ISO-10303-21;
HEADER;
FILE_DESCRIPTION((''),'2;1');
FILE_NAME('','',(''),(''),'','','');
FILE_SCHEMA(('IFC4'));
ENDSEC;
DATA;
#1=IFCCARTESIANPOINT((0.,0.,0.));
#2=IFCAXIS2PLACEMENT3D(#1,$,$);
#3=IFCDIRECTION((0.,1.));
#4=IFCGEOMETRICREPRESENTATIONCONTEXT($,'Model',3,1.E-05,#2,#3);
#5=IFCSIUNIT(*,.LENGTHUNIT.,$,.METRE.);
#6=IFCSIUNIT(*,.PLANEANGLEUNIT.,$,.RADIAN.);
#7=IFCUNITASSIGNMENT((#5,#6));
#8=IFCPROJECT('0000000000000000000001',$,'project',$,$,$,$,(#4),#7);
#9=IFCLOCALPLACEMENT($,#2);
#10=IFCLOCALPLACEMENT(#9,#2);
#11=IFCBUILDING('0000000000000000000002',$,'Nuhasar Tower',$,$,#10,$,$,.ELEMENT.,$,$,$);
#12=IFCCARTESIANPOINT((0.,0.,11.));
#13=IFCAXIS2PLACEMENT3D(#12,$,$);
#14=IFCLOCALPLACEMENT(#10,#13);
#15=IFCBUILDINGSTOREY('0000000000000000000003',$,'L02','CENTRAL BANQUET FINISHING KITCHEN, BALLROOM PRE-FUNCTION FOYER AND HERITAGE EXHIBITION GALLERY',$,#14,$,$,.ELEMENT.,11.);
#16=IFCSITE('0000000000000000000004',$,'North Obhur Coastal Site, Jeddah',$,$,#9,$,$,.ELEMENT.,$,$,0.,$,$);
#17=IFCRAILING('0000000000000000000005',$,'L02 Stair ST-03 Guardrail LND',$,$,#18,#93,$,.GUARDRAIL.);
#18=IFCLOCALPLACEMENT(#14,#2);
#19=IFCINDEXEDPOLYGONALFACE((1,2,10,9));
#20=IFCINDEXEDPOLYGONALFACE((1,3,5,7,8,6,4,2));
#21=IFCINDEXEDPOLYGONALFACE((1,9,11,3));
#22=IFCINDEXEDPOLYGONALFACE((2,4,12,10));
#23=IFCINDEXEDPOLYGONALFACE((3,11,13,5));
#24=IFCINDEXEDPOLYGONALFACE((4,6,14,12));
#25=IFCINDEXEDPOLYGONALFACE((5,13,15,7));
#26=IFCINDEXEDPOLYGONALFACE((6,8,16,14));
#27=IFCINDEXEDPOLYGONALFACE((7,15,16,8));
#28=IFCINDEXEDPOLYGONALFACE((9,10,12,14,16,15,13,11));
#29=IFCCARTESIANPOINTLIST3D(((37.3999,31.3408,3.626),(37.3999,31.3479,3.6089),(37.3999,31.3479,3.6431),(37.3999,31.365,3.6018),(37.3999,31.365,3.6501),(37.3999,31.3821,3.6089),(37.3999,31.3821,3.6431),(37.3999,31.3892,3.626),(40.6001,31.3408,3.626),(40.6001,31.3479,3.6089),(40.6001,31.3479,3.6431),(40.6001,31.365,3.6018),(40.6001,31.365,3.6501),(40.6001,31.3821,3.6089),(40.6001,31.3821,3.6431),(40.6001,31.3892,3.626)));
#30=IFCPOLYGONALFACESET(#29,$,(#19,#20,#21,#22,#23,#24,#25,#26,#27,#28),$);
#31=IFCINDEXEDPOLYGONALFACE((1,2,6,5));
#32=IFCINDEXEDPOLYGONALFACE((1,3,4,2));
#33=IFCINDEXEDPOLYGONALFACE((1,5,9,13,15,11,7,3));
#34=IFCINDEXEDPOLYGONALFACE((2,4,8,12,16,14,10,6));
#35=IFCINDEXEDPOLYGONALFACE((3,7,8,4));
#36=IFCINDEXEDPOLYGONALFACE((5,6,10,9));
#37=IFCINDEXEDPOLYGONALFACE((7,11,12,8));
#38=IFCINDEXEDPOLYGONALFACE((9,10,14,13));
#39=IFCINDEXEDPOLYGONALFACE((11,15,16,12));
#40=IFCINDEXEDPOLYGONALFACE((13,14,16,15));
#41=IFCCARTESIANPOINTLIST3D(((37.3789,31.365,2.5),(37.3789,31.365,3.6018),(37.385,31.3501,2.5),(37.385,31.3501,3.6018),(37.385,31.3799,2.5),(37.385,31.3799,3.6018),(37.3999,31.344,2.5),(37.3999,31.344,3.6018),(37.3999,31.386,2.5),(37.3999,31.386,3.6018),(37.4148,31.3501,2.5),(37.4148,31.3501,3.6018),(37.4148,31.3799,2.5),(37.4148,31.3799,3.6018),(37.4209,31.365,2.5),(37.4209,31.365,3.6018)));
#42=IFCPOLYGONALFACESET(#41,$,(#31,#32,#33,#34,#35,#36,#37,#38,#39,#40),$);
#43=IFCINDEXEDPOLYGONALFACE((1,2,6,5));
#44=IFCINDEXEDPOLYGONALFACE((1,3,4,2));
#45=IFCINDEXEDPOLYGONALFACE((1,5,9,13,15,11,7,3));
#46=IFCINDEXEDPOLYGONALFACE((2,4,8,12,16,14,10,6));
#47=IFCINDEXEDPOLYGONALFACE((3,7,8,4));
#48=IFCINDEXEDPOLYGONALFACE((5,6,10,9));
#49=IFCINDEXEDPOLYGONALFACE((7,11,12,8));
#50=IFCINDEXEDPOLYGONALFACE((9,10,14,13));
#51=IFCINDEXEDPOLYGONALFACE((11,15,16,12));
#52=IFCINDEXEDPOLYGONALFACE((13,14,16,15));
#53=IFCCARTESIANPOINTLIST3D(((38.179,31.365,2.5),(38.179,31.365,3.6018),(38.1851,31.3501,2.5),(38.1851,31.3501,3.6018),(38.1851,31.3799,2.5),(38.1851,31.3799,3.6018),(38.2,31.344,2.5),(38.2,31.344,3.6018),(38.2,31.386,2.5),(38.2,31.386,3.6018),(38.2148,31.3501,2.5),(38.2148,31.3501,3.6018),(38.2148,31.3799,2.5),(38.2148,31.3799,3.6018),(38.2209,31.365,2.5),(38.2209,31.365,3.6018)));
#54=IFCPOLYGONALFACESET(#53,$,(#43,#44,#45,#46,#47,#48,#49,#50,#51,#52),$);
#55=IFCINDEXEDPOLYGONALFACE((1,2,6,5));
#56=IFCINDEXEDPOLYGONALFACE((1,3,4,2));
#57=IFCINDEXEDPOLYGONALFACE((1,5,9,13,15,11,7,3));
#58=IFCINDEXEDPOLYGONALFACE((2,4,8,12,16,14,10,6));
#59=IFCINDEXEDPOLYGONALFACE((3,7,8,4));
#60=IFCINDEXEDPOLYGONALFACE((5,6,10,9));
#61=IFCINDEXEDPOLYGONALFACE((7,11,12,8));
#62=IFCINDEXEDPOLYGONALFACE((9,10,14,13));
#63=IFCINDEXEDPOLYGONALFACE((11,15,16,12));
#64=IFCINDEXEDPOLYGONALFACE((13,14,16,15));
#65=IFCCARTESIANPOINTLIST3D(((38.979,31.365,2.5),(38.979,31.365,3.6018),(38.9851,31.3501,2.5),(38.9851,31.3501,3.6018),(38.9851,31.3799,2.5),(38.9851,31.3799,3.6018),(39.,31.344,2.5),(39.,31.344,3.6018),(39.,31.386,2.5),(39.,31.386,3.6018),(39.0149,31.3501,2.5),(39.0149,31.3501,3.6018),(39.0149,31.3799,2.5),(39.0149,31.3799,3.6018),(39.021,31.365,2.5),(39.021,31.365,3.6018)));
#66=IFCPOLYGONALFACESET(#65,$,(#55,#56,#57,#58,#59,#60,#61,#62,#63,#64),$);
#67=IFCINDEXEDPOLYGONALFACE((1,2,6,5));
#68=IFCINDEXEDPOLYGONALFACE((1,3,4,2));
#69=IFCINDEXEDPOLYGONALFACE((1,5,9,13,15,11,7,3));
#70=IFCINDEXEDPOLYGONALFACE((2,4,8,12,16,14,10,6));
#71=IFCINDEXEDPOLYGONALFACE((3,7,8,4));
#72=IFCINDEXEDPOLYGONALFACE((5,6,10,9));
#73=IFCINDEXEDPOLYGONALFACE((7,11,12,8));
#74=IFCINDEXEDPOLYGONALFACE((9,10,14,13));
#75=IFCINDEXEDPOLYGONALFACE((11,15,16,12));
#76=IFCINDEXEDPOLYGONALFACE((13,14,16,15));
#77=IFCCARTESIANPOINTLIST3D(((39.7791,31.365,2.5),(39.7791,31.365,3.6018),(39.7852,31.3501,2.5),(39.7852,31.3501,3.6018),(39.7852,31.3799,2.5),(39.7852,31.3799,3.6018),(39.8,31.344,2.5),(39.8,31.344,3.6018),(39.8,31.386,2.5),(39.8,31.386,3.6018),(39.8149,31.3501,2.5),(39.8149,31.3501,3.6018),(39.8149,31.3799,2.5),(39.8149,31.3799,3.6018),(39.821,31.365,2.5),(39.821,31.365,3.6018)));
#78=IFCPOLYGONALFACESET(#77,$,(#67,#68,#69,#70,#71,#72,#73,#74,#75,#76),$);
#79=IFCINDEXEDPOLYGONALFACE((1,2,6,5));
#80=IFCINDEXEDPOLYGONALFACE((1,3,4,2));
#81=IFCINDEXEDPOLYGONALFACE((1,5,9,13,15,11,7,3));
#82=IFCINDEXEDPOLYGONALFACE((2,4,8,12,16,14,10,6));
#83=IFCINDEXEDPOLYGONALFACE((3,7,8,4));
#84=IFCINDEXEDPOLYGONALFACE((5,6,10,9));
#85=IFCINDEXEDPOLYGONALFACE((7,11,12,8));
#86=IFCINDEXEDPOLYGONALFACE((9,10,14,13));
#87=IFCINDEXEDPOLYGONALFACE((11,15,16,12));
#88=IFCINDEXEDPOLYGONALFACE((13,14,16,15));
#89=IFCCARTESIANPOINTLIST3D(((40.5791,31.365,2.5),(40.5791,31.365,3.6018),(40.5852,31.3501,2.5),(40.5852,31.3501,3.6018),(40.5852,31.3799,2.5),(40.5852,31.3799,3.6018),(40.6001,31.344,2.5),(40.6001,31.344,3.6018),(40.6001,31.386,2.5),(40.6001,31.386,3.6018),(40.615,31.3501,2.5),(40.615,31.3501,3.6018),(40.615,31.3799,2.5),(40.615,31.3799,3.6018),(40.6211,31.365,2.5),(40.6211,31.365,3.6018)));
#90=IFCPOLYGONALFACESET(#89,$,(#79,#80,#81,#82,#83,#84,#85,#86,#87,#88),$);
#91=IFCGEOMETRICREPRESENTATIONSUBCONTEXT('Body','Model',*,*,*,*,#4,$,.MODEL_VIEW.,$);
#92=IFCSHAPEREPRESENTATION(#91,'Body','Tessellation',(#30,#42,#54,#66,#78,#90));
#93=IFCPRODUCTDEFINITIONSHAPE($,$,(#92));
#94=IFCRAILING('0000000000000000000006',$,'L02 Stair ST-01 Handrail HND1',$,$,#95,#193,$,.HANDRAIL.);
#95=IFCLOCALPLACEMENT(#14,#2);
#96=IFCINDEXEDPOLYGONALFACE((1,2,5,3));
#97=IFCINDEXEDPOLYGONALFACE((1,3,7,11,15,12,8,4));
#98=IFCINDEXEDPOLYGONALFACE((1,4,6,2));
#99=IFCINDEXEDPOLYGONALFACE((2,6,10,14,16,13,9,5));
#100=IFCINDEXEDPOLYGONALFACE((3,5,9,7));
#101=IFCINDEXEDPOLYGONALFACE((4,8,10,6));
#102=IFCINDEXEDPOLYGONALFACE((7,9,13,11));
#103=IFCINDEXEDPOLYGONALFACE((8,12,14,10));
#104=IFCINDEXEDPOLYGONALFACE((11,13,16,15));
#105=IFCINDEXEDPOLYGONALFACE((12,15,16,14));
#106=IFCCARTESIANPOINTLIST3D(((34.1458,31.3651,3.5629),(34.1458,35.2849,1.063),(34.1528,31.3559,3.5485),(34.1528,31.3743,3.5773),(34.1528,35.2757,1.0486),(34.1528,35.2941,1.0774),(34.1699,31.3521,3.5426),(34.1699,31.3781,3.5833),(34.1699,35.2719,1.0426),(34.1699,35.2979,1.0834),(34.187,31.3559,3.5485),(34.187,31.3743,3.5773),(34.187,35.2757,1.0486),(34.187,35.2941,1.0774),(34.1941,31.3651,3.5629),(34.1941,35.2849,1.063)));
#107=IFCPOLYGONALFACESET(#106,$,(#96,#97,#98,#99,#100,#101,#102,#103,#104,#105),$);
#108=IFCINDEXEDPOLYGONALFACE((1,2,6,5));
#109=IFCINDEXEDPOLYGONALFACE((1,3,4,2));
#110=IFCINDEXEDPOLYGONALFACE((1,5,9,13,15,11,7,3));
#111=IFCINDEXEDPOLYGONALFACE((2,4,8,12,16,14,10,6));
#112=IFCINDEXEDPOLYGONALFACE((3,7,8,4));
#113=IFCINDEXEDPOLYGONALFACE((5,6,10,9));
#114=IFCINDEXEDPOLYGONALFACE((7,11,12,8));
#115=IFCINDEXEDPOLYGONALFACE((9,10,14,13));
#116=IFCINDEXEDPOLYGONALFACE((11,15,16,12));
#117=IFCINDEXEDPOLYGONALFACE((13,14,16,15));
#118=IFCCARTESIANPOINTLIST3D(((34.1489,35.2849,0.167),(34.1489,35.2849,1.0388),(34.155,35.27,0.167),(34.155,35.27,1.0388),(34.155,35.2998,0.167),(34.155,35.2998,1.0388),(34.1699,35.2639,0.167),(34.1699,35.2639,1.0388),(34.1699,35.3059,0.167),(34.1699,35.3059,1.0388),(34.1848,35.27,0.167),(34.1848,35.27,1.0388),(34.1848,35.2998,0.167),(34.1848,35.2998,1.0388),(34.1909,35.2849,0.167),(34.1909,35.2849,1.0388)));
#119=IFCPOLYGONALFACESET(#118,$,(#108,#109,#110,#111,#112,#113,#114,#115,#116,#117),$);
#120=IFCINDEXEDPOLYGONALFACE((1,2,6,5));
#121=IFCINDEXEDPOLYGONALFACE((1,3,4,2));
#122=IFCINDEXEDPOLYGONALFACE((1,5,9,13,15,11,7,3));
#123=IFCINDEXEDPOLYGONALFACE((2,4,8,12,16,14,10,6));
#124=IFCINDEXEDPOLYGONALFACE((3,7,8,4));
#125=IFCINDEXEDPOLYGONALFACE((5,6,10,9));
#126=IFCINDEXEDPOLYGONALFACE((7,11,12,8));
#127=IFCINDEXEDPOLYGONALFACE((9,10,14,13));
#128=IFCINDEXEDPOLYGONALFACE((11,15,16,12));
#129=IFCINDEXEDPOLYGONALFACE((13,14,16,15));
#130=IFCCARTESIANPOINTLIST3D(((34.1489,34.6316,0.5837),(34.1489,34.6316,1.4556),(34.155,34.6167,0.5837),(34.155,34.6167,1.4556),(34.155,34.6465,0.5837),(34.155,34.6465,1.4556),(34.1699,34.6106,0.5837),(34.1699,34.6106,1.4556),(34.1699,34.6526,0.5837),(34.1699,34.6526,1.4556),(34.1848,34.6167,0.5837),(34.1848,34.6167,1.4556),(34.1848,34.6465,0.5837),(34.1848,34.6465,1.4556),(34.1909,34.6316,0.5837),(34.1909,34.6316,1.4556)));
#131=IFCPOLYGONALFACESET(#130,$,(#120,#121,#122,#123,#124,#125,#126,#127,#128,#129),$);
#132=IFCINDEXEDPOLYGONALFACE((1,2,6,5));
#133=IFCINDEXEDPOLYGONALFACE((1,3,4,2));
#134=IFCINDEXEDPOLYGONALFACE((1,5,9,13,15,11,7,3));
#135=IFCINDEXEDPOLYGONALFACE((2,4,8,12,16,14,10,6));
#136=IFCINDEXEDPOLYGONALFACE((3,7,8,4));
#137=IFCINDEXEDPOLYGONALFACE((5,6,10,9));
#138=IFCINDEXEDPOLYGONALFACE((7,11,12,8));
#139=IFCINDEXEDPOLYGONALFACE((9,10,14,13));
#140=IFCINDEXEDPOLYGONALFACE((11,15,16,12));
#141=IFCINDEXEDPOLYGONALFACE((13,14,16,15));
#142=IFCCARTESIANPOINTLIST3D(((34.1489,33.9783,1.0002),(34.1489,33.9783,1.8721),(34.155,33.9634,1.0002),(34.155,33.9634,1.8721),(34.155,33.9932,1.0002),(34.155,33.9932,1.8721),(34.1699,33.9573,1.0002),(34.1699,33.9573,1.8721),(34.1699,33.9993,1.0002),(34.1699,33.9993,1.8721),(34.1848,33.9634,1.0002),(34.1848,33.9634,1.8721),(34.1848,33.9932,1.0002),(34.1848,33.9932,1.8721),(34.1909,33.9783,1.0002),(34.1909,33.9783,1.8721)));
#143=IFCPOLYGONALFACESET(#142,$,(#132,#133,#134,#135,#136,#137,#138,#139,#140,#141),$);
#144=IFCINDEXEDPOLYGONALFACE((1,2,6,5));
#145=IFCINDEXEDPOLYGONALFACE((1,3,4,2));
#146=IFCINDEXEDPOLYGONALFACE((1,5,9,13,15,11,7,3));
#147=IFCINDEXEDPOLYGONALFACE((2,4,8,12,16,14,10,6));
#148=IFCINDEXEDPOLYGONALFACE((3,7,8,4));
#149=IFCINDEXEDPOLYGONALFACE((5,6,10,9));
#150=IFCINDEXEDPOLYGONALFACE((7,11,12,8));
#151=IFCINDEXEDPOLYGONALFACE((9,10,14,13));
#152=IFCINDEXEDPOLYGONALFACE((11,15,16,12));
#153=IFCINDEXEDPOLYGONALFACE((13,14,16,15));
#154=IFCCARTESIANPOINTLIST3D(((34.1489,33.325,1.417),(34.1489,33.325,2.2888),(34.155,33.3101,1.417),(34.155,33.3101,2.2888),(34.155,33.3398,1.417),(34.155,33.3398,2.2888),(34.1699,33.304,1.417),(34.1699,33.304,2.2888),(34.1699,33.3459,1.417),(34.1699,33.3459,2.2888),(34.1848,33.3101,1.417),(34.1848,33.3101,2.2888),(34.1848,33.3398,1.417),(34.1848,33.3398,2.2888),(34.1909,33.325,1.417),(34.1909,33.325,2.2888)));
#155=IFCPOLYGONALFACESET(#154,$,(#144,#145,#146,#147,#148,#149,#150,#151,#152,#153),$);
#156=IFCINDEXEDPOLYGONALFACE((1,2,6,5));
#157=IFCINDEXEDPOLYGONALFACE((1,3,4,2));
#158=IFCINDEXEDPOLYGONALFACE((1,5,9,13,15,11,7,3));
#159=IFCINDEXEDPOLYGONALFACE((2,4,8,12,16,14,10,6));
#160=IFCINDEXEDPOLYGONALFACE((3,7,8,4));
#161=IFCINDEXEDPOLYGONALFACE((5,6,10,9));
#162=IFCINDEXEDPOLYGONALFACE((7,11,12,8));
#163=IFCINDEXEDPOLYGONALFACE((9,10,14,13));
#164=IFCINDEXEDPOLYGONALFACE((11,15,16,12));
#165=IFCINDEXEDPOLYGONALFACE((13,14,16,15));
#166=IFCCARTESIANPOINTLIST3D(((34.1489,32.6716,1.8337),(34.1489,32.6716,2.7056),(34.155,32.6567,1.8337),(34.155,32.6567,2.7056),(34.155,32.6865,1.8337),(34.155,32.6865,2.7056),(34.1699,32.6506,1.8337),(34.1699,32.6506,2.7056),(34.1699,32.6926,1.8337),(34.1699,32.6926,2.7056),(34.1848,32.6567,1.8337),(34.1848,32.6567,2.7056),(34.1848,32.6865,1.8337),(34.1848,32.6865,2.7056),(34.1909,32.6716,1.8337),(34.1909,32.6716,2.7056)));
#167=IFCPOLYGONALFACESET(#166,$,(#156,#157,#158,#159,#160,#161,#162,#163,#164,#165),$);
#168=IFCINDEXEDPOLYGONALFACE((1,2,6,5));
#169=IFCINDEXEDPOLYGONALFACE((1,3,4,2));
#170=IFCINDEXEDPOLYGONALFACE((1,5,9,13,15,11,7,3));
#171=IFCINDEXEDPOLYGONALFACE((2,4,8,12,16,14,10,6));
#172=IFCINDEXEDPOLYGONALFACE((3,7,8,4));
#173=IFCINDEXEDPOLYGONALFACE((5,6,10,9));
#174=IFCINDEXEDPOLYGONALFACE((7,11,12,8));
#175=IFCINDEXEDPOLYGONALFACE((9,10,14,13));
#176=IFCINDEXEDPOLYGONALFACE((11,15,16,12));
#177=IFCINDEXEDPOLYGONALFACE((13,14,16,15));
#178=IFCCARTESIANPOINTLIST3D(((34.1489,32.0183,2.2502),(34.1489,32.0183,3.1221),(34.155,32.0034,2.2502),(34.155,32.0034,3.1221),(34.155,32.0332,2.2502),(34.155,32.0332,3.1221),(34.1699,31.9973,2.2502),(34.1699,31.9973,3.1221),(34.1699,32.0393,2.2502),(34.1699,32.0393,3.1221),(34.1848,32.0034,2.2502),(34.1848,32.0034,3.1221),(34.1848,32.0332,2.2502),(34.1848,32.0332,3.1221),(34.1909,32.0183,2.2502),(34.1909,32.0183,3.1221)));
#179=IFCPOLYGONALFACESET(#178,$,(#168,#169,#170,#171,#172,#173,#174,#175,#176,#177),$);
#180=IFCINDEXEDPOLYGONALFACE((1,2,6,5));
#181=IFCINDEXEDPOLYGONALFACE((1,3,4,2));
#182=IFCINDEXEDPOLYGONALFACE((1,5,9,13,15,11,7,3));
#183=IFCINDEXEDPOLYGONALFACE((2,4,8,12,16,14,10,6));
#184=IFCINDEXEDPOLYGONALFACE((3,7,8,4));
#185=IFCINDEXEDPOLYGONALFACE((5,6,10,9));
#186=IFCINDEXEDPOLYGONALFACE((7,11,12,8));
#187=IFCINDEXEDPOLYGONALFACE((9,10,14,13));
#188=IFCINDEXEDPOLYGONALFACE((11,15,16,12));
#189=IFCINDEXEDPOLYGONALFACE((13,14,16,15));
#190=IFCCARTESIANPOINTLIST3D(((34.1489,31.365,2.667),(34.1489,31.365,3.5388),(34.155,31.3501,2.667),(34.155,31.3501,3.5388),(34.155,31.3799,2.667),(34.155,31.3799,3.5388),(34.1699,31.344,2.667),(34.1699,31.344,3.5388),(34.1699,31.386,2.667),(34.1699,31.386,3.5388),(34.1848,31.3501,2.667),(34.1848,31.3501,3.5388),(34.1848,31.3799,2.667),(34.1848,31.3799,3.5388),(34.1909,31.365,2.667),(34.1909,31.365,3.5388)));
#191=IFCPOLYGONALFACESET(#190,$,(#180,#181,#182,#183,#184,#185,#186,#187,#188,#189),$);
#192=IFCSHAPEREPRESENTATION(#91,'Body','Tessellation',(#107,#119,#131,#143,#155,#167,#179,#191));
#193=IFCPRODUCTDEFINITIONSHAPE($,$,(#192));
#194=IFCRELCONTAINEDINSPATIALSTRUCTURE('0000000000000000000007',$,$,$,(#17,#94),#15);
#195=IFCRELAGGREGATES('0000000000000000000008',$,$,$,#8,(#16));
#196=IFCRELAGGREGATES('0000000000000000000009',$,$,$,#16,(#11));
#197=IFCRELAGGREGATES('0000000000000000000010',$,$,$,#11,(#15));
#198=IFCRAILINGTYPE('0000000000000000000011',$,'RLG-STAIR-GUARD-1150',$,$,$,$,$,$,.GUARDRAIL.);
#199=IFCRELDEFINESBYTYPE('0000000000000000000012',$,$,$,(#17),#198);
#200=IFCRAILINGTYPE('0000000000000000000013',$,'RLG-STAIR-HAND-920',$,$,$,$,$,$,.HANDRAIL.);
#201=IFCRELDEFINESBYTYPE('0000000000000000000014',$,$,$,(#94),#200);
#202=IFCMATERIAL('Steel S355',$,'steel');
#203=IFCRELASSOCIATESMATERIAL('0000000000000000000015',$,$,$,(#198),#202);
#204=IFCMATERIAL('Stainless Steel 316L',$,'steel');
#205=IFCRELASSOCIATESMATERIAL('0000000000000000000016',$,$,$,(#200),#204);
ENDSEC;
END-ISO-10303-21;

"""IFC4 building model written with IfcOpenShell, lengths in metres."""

from ifc_helpers import new_model, si_unit, direction, frame, origin, place, context, subcontext, project, spatial, polyline, outline, extrude, material, type_object, element, save


model = new_model("IFC4")

# Units and contexts
model_context = context("Model", 3, precision=1e-05, world=origin(), true_north=direction((0.0, 1.0)))
body_context = subcontext(model_context, "Body", "Model", "MODEL_VIEW")
ifc_project = project(units=[si_unit("LENGTHUNIT", "METRE"), si_unit("PLANEANGLEUNIT", "RADIAN")], contexts=[model_context])

# Site, building, storey
site_placement = place(None, origin())
site = spatial("IfcSite", under=ifc_project, at=site_placement, Name="North Obhur Coastal Site, Jeddah", CompositionType="ELEMENT", RefElevation=0.0)
building_placement = place(site_placement, origin())
building = spatial("IfcBuilding", under=site, at=building_placement, Name="Nuhasar Tower", CompositionType="ELEMENT")
storey_placement = place(building_placement, frame((0.0, 0.0, 11.0)))
storey = spatial("IfcBuildingStorey", under=building, at=storey_placement, Name="L02", Description="CENTRAL BANQUET FINISHING KITCHEN, BALLROOM PRE-FUNCTION FOYER AND HERITAGE EXHIBITION GALLERY", CompositionType="ELEMENT", Elevation=11.0)

# Shared definitions
ifc_material_1 = material(Name="Steel S355", Category="steel")

# Railings
railing_type_1 = type_object("IfcRailingType", Name="RLG-STAIR-GUARD-1150", PredefinedType="GUARDRAIL", material=ifc_material_1)
railing_1_placement = place(storey_placement, frame((37.3999, 31.365, 2.5)))
element("IfcRailing", 1, at=railing_1_placement, inside=storey, type_object=railing_type_1, Name="L02 Stair ST-03 Guardrail LND", PredefinedType="GUARDRAIL", context=body_context, shape_type="SweptSolid", body=[
    extrude(outline(polyline([(0.0242, 0.0), (0.0171, 0.0171), (0.0, 0.0242), (-0.0171, 0.0171), (-0.0242, 0.0), (-0.0171, -0.0171), (0.0, -0.0242), (0.0171, -0.0171), (0.0242, 0.0)])), frame((0.0, 0.0, 1.126), z_axis=(1.0, 0.0, 0.0), x_axis=(0.0, 1.0, 0.0)), (0.0, 0.0, 1.0), 3.2002),
    extrude(outline(polyline([(0.021, 0.0), (0.0149, 0.0149), (0.0, 0.021), (-0.0149, 0.0149), (-0.021, 0.0), (-0.0149, -0.0149), (0.0, -0.021), (0.0149, -0.0149), (0.021, 0.0)])), origin(), (0.0, 0.0, 1.0), 1.1018),
    extrude(outline(polyline([(0.021, 0.0), (0.0149, 0.0149), (0.0, 0.021), (-0.0149, 0.0149), (-0.021, 0.0), (-0.0149, -0.0149), (0.0, -0.021), (0.0149, -0.0149), (0.021, 0.0)])), frame((0.8, 0.0, 0.0)), (0.0, 0.0, 1.0), 1.1018),
    extrude(outline(polyline([(0.021, 0.0), (0.0149, 0.0149), (0.0, 0.021), (-0.0149, 0.0149), (-0.021, 0.0), (-0.0149, -0.0149), (0.0, -0.021), (0.0149, -0.0149), (0.021, 0.0)])), frame((1.6001, 0.0, 0.0)), (0.0, 0.0, 1.0), 1.1018),
    extrude(outline(polyline([(0.021, 0.0), (0.0149, 0.0149), (0.0, 0.021), (-0.0149, 0.0149), (-0.021, 0.0), (-0.0149, -0.0149), (0.0, -0.021), (0.0149, -0.0149), (0.021, 0.0)])), frame((2.4001, 0.0, 0.0)), (0.0, 0.0, 1.0), 1.1018),
    extrude(outline(polyline([(0.021, 0.0), (0.0149, 0.0149), (0.0, 0.021), (-0.0149, 0.0149), (-0.021, 0.0), (-0.0149, -0.0149), (0.0, -0.021), (0.0149, -0.0149), (0.021, 0.0)])), frame((3.2002, 0.0, 0.0)), (0.0, 0.0, 1.0), 1.1018),
])
ifc_material_2 = material(Name="Stainless Steel 316L", Category="steel")
railing_type_2 = type_object("IfcRailingType", Name="RLG-STAIR-HAND-920", PredefinedType="HANDRAIL", material=ifc_material_2)
railing_2_placement = place(storey_placement, frame((34.1699, 35.2849, 0.167)))
element("IfcRailing", 2, at=railing_2_placement, inside=storey, type_object=railing_type_2, Name="L02 Stair ST-01 Handrail HND1", PredefinedType="HANDRAIL", context=body_context, shape_type="SweptSolid", body=[
    extrude(outline(polyline([(0.0242, 0.0), (0.0171, 0.0171), (0.0, 0.0242), (-0.0171, 0.0171), (-0.0242, 0.0), (-0.0171, -0.0171), (0.0, -0.0242), (0.0171, -0.0171), (0.0242, 0.0)])), frame((0.0, 0.0, 0.896), z_axis=(0.0, -0.843125, 0.537718), x_axis=(1.0, 0.0, 0.0)), (0.0, 0.0, 1.0), 4.6492),
    extrude(outline(polyline([(0.021, 0.0), (0.0149, 0.0149), (0.0, 0.021), (-0.0149, 0.0149), (-0.021, 0.0), (-0.0149, -0.0149), (0.0, -0.021), (0.0149, -0.0149), (0.021, 0.0)])), origin(), (0.0, 0.0, 1.0), 0.8718),
    extrude(outline(polyline([(0.021, 0.0), (0.0149, 0.0149), (0.0, 0.021), (-0.0149, 0.0149), (-0.021, 0.0), (-0.0149, -0.0149), (0.0, -0.021), (0.0149, -0.0149), (0.021, 0.0)])), frame((0.0, -0.6533, 0.4167)), (0.0, 0.0, 1.0), 0.8718),
    extrude(outline(polyline([(0.021, 0.0), (0.0149, 0.0149), (0.0, 0.021), (-0.0149, 0.0149), (-0.021, 0.0), (-0.0149, -0.0149), (0.0, -0.021), (0.0149, -0.0149), (0.021, 0.0)])), frame((0.0, -1.3066, 0.8333)), (0.0, 0.0, 1.0), 0.8718),
    extrude(outline(polyline([(0.021, 0.0), (0.0149, 0.0149), (0.0, 0.021), (-0.0149, 0.0149), (-0.021, 0.0), (-0.0149, -0.0149), (0.0, -0.021), (0.0149, -0.0149), (0.021, 0.0)])), frame((0.0, -1.96, 1.25)), (0.0, 0.0, 1.0), 0.8718),
    extrude(outline(polyline([(0.021, 0.0), (0.0149, 0.0149), (0.0, 0.021), (-0.0149, 0.0149), (-0.021, 0.0), (-0.0149, -0.0149), (0.0, -0.021), (0.0149, -0.0149), (0.021, 0.0)])), frame((0.0, -2.6133, 1.6667)), (0.0, 0.0, 1.0), 0.8718),
    extrude(outline(polyline([(0.021, 0.0), (0.0149, 0.0149), (0.0, 0.021), (-0.0149, 0.0149), (-0.021, 0.0), (-0.0149, -0.0149), (0.0, -0.021), (0.0149, -0.0149), (0.021, 0.0)])), frame((0.0, -3.2666, 2.0833)), (0.0, 0.0, 1.0), 0.8718),
    extrude(outline(polyline([(0.021, 0.0), (0.0149, 0.0149), (0.0, 0.021), (-0.0149, 0.0149), (-0.021, 0.0), (-0.0149, -0.0149), (0.0, -0.021), (0.0149, -0.0149), (0.021, 0.0)])), frame((0.0, -3.9199, 2.5)), (0.0, 0.0, 1.0), 0.8718),
])

save(model, "model.ifc")
